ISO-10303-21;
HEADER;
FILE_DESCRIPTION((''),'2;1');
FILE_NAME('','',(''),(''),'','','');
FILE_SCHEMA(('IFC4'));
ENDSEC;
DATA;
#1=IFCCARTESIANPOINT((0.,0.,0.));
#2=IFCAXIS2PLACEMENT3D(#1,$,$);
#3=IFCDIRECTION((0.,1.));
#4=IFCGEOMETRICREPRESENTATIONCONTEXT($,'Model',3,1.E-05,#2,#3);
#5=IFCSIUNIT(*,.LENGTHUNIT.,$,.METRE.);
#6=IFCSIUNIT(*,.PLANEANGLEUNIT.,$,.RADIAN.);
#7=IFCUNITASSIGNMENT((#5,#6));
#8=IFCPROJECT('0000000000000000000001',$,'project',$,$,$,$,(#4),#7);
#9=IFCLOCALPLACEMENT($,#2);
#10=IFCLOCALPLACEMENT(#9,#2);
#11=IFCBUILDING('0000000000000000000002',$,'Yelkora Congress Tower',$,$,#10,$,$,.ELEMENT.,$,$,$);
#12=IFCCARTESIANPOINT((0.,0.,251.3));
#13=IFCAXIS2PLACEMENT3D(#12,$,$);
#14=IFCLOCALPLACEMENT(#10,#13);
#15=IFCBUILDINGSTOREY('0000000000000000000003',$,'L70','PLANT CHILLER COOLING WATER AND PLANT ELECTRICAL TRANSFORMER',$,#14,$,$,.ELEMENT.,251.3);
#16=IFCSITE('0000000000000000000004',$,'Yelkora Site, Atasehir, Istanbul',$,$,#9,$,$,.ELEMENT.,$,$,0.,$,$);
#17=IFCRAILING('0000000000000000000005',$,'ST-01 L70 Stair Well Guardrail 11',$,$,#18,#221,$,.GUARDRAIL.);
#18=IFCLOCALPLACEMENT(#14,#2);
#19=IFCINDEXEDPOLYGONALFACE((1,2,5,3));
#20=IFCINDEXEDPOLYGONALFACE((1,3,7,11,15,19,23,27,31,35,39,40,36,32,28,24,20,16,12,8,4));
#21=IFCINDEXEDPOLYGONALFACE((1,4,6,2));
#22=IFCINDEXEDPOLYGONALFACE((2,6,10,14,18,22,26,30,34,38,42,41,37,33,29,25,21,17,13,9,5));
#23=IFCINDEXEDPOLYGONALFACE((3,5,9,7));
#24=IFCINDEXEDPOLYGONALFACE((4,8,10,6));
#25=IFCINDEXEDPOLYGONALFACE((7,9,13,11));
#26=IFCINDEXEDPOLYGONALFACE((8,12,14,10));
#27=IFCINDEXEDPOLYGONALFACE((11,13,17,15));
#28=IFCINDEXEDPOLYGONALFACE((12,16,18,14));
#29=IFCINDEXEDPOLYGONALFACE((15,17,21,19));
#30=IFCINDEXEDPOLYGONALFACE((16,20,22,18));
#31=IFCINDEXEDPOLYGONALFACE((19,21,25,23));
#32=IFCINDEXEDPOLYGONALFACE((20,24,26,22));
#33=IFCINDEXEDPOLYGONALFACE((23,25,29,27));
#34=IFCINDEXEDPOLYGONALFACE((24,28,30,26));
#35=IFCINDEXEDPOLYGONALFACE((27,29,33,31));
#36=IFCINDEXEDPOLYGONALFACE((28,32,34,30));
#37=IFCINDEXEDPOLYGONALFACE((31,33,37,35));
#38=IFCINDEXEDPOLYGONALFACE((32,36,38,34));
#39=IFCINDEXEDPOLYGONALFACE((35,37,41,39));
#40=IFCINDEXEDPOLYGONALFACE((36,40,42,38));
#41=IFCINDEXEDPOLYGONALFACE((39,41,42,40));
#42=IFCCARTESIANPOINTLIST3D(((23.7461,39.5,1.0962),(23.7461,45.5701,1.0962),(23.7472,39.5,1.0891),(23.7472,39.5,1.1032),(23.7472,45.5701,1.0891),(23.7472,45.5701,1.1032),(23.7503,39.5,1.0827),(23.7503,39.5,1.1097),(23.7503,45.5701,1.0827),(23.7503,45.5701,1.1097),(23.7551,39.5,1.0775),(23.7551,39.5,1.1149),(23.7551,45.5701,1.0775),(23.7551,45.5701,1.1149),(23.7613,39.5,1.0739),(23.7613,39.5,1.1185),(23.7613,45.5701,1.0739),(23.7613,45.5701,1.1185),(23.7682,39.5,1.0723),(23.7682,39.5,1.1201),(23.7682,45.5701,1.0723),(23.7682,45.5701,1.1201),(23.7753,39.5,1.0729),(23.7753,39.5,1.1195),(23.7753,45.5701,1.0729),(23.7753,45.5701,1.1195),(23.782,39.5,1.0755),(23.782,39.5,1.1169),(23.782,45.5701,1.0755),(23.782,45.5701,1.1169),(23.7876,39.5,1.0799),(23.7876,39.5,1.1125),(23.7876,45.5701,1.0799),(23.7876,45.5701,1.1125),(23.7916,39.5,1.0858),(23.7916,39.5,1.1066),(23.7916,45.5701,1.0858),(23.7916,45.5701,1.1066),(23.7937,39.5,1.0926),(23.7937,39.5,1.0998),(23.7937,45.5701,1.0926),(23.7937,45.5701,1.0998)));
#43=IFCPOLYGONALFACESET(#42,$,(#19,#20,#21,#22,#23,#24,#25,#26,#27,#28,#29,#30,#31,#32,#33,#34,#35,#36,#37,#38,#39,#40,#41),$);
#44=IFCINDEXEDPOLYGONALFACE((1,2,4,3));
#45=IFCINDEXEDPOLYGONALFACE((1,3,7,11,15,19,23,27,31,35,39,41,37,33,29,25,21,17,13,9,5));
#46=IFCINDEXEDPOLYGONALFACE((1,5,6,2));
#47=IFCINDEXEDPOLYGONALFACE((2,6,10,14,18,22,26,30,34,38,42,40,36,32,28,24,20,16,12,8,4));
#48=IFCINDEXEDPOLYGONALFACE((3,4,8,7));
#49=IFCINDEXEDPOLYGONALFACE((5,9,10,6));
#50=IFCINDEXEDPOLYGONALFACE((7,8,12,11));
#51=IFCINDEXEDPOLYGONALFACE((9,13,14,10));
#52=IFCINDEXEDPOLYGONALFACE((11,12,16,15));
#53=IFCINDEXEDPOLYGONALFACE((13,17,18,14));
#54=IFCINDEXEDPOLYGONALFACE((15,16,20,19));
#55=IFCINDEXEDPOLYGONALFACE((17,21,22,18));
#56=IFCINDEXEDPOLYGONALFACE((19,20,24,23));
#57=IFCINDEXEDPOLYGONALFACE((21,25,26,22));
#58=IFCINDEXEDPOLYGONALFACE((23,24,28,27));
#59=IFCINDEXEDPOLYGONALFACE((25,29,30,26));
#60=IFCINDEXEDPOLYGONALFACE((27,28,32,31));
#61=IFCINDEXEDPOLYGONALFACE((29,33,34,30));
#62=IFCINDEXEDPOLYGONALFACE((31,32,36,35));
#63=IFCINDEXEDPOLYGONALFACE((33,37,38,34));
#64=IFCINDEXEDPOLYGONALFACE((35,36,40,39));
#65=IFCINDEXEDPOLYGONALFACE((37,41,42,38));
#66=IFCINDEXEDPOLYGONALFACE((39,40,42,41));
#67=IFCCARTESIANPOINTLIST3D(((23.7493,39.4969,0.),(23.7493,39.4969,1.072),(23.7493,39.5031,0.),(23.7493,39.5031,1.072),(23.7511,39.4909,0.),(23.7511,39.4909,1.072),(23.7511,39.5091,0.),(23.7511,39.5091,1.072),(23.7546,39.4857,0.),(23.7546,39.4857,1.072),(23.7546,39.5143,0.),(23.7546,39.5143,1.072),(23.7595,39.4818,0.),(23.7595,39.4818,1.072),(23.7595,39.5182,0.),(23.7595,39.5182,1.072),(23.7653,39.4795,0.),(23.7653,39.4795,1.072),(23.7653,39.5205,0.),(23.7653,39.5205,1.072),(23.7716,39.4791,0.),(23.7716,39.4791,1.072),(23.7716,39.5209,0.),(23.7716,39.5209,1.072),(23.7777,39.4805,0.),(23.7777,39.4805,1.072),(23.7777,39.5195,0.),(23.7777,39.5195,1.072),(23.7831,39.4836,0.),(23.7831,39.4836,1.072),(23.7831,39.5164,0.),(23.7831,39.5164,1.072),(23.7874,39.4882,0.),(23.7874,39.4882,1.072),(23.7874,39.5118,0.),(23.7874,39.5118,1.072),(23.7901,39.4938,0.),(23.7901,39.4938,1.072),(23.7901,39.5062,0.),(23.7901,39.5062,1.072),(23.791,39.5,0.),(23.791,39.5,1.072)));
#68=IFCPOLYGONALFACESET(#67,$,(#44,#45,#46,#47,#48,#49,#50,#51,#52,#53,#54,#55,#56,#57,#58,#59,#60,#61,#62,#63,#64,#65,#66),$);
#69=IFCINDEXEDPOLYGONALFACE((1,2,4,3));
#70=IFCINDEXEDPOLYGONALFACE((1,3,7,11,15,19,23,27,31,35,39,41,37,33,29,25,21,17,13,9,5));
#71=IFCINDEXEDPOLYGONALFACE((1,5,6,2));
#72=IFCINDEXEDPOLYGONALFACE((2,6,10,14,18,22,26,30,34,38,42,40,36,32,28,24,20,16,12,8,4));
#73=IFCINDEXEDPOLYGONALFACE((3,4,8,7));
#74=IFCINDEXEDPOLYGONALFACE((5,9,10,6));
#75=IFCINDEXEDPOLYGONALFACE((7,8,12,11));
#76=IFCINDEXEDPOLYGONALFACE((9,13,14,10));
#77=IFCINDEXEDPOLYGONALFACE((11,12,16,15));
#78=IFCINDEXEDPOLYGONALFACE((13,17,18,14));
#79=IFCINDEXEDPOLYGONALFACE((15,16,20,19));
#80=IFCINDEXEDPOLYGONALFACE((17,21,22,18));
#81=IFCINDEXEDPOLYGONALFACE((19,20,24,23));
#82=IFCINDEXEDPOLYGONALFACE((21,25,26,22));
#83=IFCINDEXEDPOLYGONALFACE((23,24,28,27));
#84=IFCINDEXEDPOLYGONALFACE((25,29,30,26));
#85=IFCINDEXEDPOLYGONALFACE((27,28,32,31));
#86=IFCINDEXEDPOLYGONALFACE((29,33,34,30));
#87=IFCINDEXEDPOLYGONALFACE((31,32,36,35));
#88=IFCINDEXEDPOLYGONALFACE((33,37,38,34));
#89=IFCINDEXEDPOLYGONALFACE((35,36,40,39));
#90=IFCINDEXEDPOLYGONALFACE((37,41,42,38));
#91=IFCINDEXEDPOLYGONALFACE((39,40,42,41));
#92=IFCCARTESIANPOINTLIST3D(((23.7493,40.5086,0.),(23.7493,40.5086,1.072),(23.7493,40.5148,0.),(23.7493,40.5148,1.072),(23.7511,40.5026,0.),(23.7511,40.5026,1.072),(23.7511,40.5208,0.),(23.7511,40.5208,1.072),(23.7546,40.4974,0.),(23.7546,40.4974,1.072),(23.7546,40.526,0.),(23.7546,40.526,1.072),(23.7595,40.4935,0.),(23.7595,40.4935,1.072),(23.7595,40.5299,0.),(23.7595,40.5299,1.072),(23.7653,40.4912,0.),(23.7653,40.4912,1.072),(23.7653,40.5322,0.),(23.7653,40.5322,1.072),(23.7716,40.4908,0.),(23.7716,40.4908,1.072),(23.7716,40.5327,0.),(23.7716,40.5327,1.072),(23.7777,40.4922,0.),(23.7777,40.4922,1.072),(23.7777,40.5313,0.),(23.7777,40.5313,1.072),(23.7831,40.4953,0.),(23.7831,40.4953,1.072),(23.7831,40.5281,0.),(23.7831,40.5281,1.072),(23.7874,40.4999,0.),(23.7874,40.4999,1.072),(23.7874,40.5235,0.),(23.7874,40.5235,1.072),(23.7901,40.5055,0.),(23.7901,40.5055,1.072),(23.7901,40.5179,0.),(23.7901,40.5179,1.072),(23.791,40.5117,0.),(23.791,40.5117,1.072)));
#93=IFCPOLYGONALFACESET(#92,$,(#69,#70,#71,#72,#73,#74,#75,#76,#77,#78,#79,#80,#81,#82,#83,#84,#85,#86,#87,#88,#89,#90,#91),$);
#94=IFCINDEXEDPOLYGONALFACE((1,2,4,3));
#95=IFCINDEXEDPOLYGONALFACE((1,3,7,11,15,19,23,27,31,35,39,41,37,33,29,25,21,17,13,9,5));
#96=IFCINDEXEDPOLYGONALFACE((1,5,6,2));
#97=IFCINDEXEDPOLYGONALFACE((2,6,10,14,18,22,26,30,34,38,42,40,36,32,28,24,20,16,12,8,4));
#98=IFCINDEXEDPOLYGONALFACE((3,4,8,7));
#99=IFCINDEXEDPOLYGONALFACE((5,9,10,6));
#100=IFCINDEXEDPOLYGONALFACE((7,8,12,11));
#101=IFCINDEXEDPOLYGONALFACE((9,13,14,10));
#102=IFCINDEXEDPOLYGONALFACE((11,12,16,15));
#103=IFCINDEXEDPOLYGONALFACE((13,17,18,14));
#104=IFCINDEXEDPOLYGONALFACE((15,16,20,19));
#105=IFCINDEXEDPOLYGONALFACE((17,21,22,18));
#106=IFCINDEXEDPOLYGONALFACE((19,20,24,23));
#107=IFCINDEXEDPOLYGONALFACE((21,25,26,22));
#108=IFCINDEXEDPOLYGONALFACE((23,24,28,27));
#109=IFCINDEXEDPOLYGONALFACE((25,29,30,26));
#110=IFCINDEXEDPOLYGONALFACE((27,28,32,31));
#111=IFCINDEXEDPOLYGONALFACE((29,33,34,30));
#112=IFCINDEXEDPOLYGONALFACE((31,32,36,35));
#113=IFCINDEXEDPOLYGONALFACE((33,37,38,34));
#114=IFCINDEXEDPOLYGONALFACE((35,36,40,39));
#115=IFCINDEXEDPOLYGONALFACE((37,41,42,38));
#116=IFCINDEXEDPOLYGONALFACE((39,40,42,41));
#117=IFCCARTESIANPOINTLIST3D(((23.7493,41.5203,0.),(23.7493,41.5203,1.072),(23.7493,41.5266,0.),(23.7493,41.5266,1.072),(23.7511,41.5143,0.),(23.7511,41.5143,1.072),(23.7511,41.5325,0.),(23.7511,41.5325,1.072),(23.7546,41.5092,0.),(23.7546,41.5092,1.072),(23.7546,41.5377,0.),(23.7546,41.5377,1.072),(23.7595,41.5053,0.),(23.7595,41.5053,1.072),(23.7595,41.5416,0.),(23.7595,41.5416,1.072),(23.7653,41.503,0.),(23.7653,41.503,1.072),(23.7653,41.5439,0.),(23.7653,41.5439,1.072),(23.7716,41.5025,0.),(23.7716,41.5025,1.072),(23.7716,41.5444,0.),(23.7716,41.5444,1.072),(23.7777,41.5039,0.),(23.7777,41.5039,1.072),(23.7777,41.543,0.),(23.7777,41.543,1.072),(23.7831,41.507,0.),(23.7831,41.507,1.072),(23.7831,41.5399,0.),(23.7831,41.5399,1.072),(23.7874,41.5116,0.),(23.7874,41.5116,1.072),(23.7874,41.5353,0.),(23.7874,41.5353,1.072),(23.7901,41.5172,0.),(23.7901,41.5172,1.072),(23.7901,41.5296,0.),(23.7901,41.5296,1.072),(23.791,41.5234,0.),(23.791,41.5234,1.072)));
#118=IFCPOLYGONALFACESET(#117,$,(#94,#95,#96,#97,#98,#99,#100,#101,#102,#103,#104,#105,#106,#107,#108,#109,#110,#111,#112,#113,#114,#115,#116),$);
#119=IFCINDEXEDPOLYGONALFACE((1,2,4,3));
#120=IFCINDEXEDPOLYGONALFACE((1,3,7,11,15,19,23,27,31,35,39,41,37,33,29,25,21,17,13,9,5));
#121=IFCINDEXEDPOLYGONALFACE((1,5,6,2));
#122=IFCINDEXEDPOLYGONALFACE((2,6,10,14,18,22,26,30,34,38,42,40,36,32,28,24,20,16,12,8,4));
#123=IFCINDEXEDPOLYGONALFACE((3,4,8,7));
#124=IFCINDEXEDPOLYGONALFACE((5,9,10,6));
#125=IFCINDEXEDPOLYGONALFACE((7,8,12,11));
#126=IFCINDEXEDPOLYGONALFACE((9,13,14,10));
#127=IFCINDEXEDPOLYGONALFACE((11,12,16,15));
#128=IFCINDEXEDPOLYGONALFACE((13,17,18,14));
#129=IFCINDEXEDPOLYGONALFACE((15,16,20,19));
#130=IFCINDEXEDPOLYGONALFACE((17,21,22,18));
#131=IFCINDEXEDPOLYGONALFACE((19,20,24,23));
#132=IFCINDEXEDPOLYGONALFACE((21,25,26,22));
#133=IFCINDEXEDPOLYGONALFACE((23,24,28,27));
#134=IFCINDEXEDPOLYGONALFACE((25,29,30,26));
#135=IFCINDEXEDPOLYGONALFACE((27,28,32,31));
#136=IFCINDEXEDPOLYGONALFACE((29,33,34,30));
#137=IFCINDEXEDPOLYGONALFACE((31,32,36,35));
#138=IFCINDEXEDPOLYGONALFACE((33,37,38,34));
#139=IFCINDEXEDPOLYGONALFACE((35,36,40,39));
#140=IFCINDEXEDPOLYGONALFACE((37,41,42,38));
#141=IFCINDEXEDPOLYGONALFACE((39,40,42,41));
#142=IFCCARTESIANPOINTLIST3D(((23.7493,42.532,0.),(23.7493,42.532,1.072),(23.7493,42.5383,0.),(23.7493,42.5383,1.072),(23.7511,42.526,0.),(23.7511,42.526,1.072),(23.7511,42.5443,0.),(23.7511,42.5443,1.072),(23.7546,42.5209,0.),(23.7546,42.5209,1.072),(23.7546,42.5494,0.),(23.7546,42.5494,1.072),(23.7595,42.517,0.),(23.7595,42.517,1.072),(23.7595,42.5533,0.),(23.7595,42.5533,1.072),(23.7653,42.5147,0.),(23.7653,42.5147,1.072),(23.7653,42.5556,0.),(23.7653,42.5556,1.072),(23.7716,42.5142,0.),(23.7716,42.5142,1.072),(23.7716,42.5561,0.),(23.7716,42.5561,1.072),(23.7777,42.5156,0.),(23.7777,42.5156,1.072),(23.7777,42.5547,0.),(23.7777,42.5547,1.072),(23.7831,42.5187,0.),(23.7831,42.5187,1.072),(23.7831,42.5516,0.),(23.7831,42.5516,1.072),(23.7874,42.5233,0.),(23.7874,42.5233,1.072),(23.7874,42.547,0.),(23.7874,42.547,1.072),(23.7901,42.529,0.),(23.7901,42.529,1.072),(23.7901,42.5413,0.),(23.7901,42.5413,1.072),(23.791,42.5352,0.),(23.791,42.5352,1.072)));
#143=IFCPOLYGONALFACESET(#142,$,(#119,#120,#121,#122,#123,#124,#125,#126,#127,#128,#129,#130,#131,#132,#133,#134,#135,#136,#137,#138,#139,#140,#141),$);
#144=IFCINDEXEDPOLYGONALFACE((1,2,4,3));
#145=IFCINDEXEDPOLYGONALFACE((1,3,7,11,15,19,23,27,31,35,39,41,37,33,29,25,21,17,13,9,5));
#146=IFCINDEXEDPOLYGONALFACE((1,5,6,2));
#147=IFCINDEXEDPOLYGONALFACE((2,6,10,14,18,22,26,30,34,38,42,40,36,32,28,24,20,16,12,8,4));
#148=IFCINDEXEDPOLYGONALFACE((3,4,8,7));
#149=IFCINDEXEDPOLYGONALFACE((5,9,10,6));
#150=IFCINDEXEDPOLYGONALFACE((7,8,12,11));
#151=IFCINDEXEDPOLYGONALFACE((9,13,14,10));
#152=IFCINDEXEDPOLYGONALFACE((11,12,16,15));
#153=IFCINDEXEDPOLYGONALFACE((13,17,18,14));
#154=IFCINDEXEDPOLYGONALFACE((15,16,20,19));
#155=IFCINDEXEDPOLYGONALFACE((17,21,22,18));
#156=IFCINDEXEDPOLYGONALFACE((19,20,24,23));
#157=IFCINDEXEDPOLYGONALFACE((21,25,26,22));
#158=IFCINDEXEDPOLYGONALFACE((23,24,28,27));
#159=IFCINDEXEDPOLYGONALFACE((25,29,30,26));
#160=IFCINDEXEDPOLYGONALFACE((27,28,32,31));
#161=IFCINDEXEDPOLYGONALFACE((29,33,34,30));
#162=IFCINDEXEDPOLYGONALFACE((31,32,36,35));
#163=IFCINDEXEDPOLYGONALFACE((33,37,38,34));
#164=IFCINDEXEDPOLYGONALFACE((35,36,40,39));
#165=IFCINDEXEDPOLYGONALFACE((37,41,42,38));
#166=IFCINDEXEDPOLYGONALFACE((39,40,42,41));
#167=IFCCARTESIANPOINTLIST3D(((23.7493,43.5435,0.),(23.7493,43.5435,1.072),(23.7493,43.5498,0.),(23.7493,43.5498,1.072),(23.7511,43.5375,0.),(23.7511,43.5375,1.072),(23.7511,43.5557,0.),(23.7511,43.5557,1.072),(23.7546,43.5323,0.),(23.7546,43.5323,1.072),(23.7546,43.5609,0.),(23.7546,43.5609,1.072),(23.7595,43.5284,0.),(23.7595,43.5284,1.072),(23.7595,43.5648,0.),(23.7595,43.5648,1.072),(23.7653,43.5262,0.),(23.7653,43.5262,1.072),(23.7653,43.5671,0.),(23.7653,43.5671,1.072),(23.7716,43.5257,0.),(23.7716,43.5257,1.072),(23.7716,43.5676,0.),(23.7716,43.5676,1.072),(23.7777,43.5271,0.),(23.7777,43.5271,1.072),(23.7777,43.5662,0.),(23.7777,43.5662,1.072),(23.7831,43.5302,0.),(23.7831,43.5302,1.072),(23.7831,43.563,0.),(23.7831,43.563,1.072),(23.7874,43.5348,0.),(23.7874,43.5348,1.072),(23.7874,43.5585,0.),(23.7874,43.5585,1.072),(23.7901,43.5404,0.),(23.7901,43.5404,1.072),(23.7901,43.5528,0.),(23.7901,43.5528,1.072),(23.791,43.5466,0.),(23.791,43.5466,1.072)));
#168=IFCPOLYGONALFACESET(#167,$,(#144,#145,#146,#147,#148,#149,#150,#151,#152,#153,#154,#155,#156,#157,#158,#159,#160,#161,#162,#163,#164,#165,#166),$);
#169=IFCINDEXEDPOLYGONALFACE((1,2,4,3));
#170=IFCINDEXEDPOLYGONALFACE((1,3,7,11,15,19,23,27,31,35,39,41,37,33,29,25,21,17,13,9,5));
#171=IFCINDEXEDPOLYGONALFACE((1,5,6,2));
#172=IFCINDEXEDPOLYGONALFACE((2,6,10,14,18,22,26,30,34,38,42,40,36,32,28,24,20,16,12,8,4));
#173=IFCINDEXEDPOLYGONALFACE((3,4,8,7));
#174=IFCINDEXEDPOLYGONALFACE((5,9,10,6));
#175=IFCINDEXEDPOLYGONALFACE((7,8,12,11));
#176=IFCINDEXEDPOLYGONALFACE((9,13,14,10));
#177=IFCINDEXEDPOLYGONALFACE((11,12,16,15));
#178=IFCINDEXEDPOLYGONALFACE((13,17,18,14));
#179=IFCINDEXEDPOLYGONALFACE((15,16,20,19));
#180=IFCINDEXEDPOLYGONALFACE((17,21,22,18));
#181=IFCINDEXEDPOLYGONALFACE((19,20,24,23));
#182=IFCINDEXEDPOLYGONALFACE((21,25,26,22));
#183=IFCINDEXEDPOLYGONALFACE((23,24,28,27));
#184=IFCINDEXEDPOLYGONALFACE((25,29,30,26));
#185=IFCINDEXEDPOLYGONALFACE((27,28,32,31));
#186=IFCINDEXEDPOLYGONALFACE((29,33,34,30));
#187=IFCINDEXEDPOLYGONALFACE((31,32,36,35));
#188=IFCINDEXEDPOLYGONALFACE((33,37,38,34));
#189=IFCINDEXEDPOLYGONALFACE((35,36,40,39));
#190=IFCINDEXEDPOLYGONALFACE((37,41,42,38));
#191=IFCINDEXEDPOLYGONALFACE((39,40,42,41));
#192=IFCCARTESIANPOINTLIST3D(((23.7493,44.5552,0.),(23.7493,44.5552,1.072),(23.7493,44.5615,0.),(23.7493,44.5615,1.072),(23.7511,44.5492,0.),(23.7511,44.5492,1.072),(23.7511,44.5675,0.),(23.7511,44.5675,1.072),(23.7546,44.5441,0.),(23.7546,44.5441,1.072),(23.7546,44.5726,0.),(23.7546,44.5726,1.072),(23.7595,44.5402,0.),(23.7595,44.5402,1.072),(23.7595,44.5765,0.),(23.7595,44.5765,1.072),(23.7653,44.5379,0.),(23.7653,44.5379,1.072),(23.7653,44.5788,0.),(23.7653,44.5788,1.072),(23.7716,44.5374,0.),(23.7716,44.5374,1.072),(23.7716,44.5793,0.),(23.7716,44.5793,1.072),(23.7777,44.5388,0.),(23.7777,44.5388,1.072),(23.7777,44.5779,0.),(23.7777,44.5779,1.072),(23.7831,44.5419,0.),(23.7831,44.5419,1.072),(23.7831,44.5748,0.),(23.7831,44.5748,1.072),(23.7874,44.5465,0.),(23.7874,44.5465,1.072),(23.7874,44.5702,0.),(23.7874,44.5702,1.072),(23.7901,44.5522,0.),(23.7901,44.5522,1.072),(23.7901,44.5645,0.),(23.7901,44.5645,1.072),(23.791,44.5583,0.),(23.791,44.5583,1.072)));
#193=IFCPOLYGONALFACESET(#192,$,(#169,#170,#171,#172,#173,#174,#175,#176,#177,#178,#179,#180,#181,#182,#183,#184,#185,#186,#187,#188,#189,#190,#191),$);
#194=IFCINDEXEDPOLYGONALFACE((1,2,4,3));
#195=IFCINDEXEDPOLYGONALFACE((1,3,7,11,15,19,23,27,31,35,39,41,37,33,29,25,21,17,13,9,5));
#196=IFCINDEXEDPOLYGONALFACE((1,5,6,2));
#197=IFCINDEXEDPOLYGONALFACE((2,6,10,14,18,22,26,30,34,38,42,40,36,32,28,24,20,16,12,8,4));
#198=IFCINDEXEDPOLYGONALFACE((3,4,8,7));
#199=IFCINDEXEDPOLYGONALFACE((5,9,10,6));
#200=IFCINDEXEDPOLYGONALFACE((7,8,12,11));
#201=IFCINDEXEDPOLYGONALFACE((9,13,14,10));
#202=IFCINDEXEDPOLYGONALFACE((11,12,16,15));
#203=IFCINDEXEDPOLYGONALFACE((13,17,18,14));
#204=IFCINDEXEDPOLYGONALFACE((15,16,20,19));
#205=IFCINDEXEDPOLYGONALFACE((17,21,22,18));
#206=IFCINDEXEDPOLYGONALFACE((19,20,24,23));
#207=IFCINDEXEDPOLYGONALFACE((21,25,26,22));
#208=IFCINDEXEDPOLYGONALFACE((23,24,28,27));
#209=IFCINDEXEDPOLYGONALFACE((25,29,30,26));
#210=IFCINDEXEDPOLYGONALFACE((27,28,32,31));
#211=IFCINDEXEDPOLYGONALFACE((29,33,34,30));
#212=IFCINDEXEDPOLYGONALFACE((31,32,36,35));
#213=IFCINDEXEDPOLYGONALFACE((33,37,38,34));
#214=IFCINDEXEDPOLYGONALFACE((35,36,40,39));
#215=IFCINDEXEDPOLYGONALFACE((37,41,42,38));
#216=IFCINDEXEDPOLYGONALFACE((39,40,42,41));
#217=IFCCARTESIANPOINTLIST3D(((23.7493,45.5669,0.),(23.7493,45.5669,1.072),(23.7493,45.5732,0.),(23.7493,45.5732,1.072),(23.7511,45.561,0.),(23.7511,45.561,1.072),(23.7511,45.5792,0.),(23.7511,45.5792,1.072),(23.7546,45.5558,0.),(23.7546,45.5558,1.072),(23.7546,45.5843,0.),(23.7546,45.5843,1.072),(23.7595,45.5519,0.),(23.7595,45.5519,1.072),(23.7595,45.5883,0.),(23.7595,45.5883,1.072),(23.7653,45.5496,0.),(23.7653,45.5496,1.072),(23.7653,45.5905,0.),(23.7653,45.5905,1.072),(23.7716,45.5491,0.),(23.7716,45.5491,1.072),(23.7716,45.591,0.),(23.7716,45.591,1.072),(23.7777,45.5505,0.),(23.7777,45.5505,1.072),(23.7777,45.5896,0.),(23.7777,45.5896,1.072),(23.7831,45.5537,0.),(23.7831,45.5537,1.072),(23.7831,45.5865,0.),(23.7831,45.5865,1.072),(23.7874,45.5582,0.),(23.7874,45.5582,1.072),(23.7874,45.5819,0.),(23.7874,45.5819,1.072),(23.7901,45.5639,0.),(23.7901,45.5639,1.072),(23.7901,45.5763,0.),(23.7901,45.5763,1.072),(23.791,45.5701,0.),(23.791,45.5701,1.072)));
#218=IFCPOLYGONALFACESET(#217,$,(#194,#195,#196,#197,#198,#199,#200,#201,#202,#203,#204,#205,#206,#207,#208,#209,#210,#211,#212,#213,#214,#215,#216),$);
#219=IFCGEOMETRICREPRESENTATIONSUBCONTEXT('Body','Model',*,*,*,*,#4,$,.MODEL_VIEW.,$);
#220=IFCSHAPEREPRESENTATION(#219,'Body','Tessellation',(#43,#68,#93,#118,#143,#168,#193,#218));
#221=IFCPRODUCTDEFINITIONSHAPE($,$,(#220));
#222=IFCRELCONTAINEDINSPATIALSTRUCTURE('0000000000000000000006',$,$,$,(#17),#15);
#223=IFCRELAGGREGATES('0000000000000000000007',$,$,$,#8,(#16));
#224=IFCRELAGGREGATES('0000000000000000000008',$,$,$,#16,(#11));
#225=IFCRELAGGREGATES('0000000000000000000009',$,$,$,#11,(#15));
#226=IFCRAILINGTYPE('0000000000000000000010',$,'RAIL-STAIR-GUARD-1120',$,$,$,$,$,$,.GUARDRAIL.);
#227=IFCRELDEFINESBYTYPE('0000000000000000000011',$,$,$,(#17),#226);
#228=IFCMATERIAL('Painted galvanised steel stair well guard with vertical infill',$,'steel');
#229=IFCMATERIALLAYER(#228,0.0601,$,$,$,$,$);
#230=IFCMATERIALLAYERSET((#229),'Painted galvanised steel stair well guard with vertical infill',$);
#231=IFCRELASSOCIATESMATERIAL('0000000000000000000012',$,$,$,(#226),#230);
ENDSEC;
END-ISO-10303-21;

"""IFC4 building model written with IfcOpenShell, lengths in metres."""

from ifc_helpers import new_model, si_unit, direction, frame, origin, origin_2d, place, context, subcontext, project, spatial, circle, extrude, material, layer, layer_set, type_object, element, save


model = new_model("IFC4")

# Units and contexts
model_context = context("Model", 3, precision=1e-05, world=origin(), true_north=direction((0.0, 1.0)))
body_context = subcontext(model_context, "Body", "Model", "MODEL_VIEW")
ifc_project = project(units=[si_unit("LENGTHUNIT", "METRE"), si_unit("PLANEANGLEUNIT", "RADIAN")], contexts=[model_context])

# Site, building, storey
site_placement = place(None, origin())
site = spatial("IfcSite", under=ifc_project, at=site_placement, Name="Yelkora Site, Atasehir, Istanbul", CompositionType="ELEMENT", RefElevation=0.0)
building_placement = place(site_placement, origin())
building = spatial("IfcBuilding", under=site, at=building_placement, Name="Yelkora Congress Tower", CompositionType="ELEMENT")
storey_placement = place(building_placement, frame((0.0, 0.0, 251.3)))
storey = spatial("IfcBuildingStorey", under=building, at=storey_placement, Name="L70", Description="PLANT CHILLER COOLING WATER AND PLANT ELECTRICAL TRANSFORMER", CompositionType="ELEMENT", Elevation=251.3)

# Railing
ifc_material_1 = material(Name="Painted galvanised steel stair well guard with vertical infill", Category="steel")
ifc_layer_1 = layer(ifc_material_1, 0.0601)
ifc_layer_set_1 = layer_set([ifc_layer_1], Name="Painted galvanised steel stair well guard with vertical infill")
railing_type_1 = type_object("IfcRailingType", Name="RAIL-STAIR-GUARD-1120", PredefinedType="GUARDRAIL", material=ifc_layer_set_1)
railing_1_placement = place(storey_placement, frame((23.77, 39.5, 0.0)))
element("IfcRailing", 1, at=railing_1_placement, inside=storey, type_object=railing_type_1, Name="ST-01 L70 Stair Well Guardrail 11", PredefinedType="GUARDRAIL", context=body_context, shape_type="SweptSolid", body=[
    extrude(circle(Radius=0.0239, at=origin_2d()), frame((0.0, 0.0, 1.0962), z_axis=(0.0, 1.0, 0.0), x_axis=(-1.0, 0.0, 0.0)), (0.0, 0.0, 1.0), 6.0701),
    extrude(circle(Radius=0.021, at=origin_2d()), origin(), (0.0, 0.0, 1.0), 1.072),
    extrude(circle(Radius=0.021, at=origin_2d()), frame((0.0, 1.0117, 0.0)), (0.0, 0.0, 1.0), 1.072),
    extrude(circle(Radius=0.021, at=origin_2d()), frame((0.0, 2.0234, 0.0)), (0.0, 0.0, 1.0), 1.072),
    extrude(circle(Radius=0.021, at=origin_2d()), frame((0.0, 3.0352, 0.0)), (0.0, 0.0, 1.0), 1.072),
    extrude(circle(Radius=0.021, at=origin_2d()), frame((0.0, 4.0466, 0.0)), (0.0, 0.0, 1.0), 1.072),
    extrude(circle(Radius=0.021, at=origin_2d()), frame((0.0, 5.0583, 0.0)), (0.0, 0.0, 1.0), 1.072),
    extrude(circle(Radius=0.021, at=origin_2d()), frame((0.0, 6.0701, 0.0)), (0.0, 0.0, 1.0), 1.072),
])

save(model, "model.ifc")
